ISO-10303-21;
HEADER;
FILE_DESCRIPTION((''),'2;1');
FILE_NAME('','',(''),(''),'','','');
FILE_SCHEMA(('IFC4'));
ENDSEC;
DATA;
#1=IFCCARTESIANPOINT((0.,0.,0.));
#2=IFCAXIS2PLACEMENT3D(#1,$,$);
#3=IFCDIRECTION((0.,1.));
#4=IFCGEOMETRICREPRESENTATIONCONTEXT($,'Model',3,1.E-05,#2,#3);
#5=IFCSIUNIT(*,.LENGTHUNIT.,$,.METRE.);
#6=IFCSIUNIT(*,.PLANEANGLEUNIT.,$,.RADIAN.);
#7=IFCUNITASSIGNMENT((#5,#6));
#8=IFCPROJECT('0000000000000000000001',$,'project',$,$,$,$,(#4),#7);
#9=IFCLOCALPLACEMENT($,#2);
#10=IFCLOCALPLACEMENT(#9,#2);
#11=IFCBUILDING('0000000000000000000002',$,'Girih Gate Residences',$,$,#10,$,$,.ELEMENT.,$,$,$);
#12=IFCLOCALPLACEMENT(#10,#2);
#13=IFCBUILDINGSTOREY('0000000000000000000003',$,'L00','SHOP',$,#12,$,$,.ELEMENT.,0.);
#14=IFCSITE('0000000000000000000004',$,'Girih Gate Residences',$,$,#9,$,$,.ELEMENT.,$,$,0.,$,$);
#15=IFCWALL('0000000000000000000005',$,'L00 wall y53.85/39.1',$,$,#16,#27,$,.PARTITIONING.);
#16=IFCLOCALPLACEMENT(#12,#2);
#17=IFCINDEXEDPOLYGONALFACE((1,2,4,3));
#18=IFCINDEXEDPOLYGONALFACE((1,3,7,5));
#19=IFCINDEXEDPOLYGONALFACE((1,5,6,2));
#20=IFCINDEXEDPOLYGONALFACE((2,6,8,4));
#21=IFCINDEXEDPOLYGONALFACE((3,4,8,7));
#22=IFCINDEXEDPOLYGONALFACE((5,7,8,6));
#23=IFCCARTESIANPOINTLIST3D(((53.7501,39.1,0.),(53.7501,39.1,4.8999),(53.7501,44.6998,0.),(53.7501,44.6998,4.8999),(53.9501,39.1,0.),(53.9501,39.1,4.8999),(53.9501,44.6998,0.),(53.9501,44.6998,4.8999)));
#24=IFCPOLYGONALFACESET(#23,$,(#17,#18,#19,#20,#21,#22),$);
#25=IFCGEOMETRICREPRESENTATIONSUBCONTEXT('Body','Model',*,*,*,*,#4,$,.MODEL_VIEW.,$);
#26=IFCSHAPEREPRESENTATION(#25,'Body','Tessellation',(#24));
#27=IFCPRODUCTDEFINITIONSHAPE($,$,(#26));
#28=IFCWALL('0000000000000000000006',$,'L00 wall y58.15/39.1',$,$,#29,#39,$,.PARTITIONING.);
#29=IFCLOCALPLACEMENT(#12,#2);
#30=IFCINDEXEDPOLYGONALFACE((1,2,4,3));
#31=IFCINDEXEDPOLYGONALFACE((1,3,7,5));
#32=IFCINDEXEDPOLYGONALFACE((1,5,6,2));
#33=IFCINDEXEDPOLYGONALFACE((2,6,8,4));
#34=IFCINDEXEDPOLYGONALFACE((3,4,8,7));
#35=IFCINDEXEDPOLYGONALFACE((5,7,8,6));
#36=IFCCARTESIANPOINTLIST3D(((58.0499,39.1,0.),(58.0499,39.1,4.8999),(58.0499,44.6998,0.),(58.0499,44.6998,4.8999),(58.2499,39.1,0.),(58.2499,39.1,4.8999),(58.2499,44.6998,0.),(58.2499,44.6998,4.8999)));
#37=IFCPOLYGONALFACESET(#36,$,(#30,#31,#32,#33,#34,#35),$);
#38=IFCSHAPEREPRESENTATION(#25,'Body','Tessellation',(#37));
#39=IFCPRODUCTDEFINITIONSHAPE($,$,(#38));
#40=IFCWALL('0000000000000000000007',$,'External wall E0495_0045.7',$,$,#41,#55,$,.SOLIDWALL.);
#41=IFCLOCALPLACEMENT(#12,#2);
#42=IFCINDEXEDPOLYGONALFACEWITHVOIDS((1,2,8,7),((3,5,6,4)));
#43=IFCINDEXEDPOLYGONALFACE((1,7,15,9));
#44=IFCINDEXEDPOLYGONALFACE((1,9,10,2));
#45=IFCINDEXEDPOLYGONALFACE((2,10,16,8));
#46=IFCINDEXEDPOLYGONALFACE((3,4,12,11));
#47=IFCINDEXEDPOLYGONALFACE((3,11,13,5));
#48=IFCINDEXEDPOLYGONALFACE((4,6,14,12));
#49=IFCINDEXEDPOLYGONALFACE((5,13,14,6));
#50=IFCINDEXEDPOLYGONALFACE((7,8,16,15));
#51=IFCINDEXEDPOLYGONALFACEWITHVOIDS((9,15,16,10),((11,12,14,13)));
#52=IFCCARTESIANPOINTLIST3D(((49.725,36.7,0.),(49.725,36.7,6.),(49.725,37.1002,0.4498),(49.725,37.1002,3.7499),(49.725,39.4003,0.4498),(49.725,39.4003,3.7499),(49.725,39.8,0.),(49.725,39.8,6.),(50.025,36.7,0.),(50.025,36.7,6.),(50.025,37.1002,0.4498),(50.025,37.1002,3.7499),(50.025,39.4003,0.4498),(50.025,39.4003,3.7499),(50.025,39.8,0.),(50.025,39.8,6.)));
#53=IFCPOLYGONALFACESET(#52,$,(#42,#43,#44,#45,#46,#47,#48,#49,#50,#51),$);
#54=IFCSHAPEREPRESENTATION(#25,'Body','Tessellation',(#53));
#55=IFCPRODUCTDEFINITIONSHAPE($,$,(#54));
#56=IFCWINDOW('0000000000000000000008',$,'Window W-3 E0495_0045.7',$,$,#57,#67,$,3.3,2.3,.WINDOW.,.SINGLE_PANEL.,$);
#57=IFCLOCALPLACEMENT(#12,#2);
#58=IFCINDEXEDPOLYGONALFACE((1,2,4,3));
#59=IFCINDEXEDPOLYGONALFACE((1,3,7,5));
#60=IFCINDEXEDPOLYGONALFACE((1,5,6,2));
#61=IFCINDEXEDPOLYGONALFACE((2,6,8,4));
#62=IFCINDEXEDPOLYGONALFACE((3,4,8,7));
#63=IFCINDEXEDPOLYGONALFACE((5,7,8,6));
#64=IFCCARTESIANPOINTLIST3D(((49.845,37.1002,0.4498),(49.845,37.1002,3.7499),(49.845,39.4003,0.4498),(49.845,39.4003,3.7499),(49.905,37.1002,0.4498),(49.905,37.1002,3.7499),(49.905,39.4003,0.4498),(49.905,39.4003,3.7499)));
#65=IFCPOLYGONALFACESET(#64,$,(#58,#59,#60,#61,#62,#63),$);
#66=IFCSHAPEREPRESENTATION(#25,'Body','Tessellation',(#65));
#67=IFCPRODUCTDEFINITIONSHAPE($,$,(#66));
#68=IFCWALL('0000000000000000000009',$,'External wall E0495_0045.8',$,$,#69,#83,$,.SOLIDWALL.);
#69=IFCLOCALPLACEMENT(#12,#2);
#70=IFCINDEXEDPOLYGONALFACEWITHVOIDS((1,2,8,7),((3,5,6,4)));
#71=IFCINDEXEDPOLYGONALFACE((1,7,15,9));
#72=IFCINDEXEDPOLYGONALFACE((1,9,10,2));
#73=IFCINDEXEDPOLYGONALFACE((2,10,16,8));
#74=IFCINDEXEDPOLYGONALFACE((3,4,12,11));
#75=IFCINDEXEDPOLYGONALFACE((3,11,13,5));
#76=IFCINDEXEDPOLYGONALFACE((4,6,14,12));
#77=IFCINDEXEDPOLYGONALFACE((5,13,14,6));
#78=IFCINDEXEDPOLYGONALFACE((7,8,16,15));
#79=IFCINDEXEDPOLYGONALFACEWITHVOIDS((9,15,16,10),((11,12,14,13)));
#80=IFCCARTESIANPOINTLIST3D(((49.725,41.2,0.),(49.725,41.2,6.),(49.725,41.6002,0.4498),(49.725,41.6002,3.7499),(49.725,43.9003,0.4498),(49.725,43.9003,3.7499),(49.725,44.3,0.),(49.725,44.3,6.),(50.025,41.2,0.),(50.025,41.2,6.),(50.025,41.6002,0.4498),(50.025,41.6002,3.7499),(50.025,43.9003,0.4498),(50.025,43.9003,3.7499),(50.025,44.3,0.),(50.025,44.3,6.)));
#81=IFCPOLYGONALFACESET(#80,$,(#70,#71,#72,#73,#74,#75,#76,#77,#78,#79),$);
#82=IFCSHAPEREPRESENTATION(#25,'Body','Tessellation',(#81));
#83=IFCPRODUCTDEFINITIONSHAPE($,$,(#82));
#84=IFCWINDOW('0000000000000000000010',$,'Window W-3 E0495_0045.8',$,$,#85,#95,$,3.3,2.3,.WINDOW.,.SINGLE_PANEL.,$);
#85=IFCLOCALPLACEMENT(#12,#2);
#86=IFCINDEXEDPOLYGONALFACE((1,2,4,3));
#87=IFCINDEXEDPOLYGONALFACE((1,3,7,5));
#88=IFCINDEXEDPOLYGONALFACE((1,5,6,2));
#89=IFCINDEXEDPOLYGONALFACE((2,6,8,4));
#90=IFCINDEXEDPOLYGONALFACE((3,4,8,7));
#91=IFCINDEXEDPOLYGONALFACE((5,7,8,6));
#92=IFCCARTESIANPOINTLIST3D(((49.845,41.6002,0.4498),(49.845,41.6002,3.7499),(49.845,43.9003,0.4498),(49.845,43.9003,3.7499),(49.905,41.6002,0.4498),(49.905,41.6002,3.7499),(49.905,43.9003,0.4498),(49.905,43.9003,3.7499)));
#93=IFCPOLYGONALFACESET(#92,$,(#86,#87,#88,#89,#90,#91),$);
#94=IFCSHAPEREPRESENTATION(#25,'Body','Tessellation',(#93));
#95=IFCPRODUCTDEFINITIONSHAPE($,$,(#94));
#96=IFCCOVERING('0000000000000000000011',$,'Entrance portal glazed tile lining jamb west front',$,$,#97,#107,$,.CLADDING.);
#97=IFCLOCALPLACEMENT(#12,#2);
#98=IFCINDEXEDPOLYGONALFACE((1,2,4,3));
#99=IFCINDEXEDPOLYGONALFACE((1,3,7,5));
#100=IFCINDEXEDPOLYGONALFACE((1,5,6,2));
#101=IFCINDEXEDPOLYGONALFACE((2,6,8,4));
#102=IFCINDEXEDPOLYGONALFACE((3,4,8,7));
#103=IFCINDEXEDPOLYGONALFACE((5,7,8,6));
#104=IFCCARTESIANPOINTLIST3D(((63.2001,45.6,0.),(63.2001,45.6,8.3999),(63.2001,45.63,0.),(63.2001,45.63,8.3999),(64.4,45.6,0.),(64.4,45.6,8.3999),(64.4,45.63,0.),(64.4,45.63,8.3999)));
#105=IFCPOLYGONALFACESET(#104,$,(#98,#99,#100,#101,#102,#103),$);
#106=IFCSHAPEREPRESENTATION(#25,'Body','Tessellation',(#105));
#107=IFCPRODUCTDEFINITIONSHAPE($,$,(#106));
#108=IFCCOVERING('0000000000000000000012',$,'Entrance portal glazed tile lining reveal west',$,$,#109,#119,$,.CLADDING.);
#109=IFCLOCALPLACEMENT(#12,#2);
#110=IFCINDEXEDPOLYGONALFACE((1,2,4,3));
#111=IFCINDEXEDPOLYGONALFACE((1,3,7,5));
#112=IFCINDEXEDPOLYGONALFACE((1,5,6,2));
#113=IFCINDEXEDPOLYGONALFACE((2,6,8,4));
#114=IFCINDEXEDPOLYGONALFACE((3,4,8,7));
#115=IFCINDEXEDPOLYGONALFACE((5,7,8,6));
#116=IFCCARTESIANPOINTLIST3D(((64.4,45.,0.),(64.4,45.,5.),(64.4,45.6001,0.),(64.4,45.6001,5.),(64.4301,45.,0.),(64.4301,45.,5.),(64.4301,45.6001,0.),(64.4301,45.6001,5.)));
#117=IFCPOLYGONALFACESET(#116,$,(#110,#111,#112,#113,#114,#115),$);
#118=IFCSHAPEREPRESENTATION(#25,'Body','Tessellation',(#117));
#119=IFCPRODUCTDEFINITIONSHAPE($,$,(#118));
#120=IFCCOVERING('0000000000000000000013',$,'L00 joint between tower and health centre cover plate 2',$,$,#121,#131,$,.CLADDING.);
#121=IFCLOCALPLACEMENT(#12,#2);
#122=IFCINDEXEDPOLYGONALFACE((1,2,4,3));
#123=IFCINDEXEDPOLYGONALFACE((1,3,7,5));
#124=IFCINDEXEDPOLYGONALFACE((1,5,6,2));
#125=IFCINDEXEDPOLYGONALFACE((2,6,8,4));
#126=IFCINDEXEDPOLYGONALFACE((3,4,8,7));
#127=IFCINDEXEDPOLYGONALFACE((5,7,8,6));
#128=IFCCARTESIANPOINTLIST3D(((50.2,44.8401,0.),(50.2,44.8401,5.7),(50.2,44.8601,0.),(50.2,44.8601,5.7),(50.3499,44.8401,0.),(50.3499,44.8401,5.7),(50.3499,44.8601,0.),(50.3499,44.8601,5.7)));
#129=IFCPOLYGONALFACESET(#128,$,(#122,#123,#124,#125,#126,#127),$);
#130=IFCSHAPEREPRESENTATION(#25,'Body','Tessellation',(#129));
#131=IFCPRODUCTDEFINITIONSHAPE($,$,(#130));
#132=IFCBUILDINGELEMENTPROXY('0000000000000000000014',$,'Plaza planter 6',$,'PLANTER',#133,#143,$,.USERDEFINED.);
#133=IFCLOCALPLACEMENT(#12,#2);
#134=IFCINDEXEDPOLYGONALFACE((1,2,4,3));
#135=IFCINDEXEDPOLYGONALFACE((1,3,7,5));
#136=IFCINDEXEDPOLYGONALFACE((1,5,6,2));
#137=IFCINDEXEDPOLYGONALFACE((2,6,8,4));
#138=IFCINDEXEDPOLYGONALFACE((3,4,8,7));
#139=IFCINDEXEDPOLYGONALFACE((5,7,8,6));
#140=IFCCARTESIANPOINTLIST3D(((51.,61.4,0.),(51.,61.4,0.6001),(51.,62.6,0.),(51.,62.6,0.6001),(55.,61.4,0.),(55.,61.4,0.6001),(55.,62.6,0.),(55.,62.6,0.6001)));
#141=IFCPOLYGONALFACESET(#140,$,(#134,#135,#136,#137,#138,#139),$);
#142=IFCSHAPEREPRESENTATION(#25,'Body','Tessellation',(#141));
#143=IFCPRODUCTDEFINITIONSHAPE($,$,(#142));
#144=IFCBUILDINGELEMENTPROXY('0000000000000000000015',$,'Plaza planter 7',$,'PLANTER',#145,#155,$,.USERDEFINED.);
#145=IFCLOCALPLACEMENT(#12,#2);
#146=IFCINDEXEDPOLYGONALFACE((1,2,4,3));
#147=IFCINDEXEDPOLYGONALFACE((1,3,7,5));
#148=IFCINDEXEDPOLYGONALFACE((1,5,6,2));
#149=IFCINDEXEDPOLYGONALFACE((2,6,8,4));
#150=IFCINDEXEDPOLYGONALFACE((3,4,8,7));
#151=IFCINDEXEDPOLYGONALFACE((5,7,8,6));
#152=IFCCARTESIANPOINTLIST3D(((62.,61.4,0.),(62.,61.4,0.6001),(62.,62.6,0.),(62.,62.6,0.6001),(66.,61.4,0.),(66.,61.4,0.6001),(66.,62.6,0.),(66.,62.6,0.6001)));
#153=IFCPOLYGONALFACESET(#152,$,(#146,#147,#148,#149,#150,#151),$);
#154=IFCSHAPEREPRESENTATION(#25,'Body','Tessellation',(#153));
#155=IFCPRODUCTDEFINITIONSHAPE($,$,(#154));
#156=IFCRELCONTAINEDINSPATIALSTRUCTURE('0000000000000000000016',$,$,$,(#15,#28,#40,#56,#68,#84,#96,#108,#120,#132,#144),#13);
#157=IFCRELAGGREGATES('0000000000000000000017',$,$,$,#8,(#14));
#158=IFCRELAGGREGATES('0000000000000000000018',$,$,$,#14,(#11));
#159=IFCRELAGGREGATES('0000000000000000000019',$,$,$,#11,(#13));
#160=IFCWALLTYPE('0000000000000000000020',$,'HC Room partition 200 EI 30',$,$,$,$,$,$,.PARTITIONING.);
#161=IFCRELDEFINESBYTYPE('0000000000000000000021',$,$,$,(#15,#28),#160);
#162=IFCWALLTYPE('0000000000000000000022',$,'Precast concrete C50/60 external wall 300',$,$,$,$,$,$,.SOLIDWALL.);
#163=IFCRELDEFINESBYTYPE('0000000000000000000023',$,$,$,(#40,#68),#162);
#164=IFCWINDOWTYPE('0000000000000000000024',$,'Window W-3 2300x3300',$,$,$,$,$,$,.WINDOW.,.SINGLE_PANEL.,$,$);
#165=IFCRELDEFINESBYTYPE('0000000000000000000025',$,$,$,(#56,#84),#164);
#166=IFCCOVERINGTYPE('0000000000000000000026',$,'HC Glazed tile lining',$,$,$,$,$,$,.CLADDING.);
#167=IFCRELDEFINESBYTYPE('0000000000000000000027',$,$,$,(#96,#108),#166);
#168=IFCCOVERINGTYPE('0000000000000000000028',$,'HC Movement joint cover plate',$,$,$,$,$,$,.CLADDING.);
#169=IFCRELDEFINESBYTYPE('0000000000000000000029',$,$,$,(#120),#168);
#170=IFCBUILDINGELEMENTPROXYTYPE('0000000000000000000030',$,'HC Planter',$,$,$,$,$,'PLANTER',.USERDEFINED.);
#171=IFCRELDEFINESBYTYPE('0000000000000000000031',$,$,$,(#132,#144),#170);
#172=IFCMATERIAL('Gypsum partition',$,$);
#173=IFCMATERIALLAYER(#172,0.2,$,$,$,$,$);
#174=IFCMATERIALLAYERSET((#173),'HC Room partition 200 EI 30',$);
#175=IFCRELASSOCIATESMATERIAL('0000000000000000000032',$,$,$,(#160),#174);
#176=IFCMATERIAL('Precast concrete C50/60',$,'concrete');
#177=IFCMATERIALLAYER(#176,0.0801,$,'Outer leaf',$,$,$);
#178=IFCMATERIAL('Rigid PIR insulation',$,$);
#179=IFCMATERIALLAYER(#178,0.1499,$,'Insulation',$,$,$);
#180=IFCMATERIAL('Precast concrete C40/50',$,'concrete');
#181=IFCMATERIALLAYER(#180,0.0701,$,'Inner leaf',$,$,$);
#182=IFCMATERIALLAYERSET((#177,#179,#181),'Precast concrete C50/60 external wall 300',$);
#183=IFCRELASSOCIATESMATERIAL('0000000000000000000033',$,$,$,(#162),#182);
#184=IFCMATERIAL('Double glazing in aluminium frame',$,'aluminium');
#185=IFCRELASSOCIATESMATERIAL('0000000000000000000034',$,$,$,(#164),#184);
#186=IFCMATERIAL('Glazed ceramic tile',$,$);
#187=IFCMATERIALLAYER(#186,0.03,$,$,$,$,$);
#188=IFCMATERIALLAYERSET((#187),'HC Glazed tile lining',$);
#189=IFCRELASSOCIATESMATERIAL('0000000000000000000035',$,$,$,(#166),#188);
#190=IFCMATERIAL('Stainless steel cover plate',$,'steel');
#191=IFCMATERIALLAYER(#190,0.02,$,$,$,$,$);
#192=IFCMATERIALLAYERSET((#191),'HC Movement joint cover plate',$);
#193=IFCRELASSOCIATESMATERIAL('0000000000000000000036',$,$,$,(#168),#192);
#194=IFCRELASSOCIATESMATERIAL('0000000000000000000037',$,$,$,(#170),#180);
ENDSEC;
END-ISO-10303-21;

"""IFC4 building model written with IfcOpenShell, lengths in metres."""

from ifc_helpers import new_model, si_unit, direction, frame, frame_2d, origin, origin_2d, place, context, subcontext, project, spatial, rectangle, extrude, material, layer, layer_set, type_object, element, fill, save


model = new_model("IFC4")

# Units and contexts
model_context = context("Model", 3, precision=1e-05, world=origin(), true_north=direction((0.0, 1.0)))
body_context = subcontext(model_context, "Body", "Model", "MODEL_VIEW")
ifc_project = project(units=[si_unit("LENGTHUNIT", "METRE"), si_unit("PLANEANGLEUNIT", "RADIAN")], contexts=[model_context])

# Site, building, storey
site_placement = place(None, origin())
site = spatial("IfcSite", under=ifc_project, at=site_placement, Name="Girih Gate Residences", CompositionType="ELEMENT", RefElevation=0.0)
building_placement = place(site_placement, origin())
building = spatial("IfcBuilding", under=site, at=building_placement, Name="Girih Gate Residences", CompositionType="ELEMENT")
storey_placement = place(building_placement, origin())
storey = spatial("IfcBuildingStorey", under=building, at=storey_placement, Name="L00", Description="SHOP", CompositionType="ELEMENT", Elevation=0.0)

# Shared definitions
ifc_material_1 = material(Name="Precast concrete C40/50", Category="concrete")

# Walls
ifc_material_2 = material(Name="Precast concrete C50/60", Category="concrete")
ifc_material_3 = material(Name="Gypsum partition")
ifc_layer_1 = layer(ifc_material_3, 0.2)
ifc_layer_set_1 = layer_set([ifc_layer_1], Name="HC Room partition 200 EI 30")
wall_type_1 = type_object("IfcWallType", Name="HC Room partition 200 EI 30", PredefinedType="PARTITIONING", material=ifc_layer_set_1)
for number, where, z_axis, x_axis, name in (
    (1, (53.8501, 39.1001, 0.0), (0.0, 0.0, 1.0), (0.0, 1.0, 0.0), "L00 wall y53.85/39.1"),
    (2, (58.1499, 39.1001, 0.0), (0.0, 0.0, 1.0), (0.0, 1.0, 0.0), "L00 wall y58.15/39.1"),
):
    element("IfcWall", number, at=place(storey_placement, frame(where, z_axis=z_axis, x_axis=x_axis)), inside=storey, type_object=wall_type_1, Name=name, PredefinedType="PARTITIONING", context=body_context, shape_type="SweptSolid", body=[
        extrude(rectangle(XDim=5.5999, YDim=0.2, at=frame_2d((2.7998, 0.0))), origin(), (0.0, 0.0, 1.0), 4.8999),
    ])

# Walls, openings, windows
ifc_layer_2 = layer(ifc_material_2, 0.0801, Name="Outer leaf")
ifc_material_4 = material(Name="Rigid PIR insulation")
ifc_layer_3 = layer(ifc_material_4, 0.1499, Name="Insulation")
ifc_layer_4 = layer(ifc_material_1, 0.0701, Name="Inner leaf")
ifc_layer_set_2 = layer_set([ifc_layer_2, ifc_layer_3, ifc_layer_4], Name="Precast concrete C50/60 external wall 300")
wall_type_2 = type_object("IfcWallType", Name="Precast concrete C50/60 external wall 300", PredefinedType="SOLIDWALL", material=ifc_layer_set_2)
wall_1_placement = place(storey_placement, frame((49.875, 39.8, 0.0), z_axis=(0.0, 0.0, 1.0), x_axis=(0.0, -1.0, 0.0)))
wall_1 = element("IfcWall", 3, at=wall_1_placement, inside=storey, type_object=wall_type_2, Name="External wall E0495_0045.7", PredefinedType="SOLIDWALL", context=body_context, shape_type="SweptSolid", body=[
    extrude(rectangle(XDim=3.1001, YDim=0.3, at=frame_2d((1.55, 0.0))), origin(), (0.0, 0.0, 1.0), 6.0),
])
opening_1_placement = place(wall_1_placement, frame((0.3999, 0.0, 0.45)))
opening_1 = element("IfcOpeningElement", 4, at=opening_1_placement, cuts=wall_1, PredefinedType="OPENING", context=body_context, shape_type="SweptSolid", body=[
    extrude(rectangle(XDim=2.3, YDim=3.3, at=frame_2d((1.1499, 1.6499))), frame((0.0, 0.1599, 0.0), z_axis=(0.0, -1.0, 0.0), x_axis=(1.0, 0.0, 0.0)), (0.0, 0.0, 1.0), 0.3201),
])
ifc_material_5 = material(Name="Double glazing in aluminium frame", Category="aluminium")
window_type = type_object("IfcWindowType", Name="Window W-3 2300x3300", PartitioningType="SINGLE_PANEL", PredefinedType="WINDOW", material=ifc_material_5)
window_1_placement = place(opening_1_placement, origin())
window_1 = element("IfcWindow", 5, at=window_1_placement, inside=storey, type_object=window_type, Name="Window W-3 E0495_0045.7", OverallHeight=3.3, OverallWidth=2.3, PartitioningType="SINGLE_PANEL", PredefinedType="WINDOW", context=body_context, shape_type="SweptSolid", body=[
    extrude(rectangle(XDim=2.3, YDim=3.3, at=frame_2d((1.1499, 1.6499))), frame((0.0, 0.03, 0.0), z_axis=(0.0, -1.0, 0.0), x_axis=(1.0, 0.0, 0.0)), (0.0, 0.0, 1.0), 0.0601),
])
fill(opening_1, window_1)
wall_2_placement = place(storey_placement, frame((49.875, 44.3, 0.0), z_axis=(0.0, 0.0, 1.0), x_axis=(0.0, -1.0, 0.0)))
wall_2 = element("IfcWall", 6, at=wall_2_placement, inside=storey, type_object=wall_type_2, Name="External wall E0495_0045.8", PredefinedType="SOLIDWALL", context=body_context, shape_type="SweptSolid", body=[
    extrude(rectangle(XDim=3.1001, YDim=0.3, at=frame_2d((1.55, 0.0))), origin(), (0.0, 0.0, 1.0), 6.0),
])
opening_2_placement = place(wall_2_placement, frame((0.3999, 0.0, 0.45)))
opening_2 = element("IfcOpeningElement", 7, at=opening_2_placement, cuts=wall_2, PredefinedType="OPENING", context=body_context, shape_type="SweptSolid", body=[
    extrude(rectangle(XDim=2.3, YDim=3.3, at=frame_2d((1.1499, 1.6499))), frame((0.0, 0.1599, 0.0), z_axis=(0.0, -1.0, 0.0), x_axis=(1.0, 0.0, 0.0)), (0.0, 0.0, 1.0), 0.3201),
])
window_2_placement = place(opening_2_placement, origin())
window_2 = element("IfcWindow", 8, at=window_2_placement, inside=storey, type_object=window_type, Name="Window W-3 E0495_0045.8", OverallHeight=3.3, OverallWidth=2.3, PartitioningType="SINGLE_PANEL", PredefinedType="WINDOW", context=body_context, shape_type="SweptSolid", body=[
    extrude(rectangle(XDim=2.3, YDim=3.3, at=frame_2d((1.1499, 1.6499))), frame((0.0, 0.03, 0.0), z_axis=(0.0, -1.0, 0.0), x_axis=(1.0, 0.0, 0.0)), (0.0, 0.0, 1.0), 0.0601),
])
fill(opening_2, window_2)

# Coverings
ifc_material_6 = material(Name="Glazed ceramic tile")
ifc_layer_5 = layer(ifc_material_6, 0.03)
ifc_layer_set_3 = layer_set([ifc_layer_5], Name="HC Glazed tile lining")
covering_type_1 = type_object("IfcCoveringType", Name="HC Glazed tile lining", PredefinedType="CLADDING", material=ifc_layer_set_3)
covering_1_placement = place(storey_placement, frame((63.8, 45.615, 0.0), z_axis=(0.0, 0.0, 1.0), x_axis=(1.0, 0.0, 0.0)))
element("IfcCovering", 9, at=covering_1_placement, inside=storey, type_object=covering_type_1, Name="Entrance portal glazed tile lining jamb west front", PredefinedType="CLADDING", context=body_context, shape_type="SweptSolid", body=[
    extrude(rectangle(XDim=1.2, YDim=0.03, at=origin_2d()), origin(), (0.0, 0.0, 1.0), 8.3999),
])
covering_2_placement = place(storey_placement, frame((64.415, 45.3, 0.0), z_axis=(0.0, 0.0, 1.0), x_axis=(1.0, 0.0, 0.0)))
element("IfcCovering", 10, at=covering_2_placement, inside=storey, type_object=covering_type_1, Name="Entrance portal glazed tile lining reveal west", PredefinedType="CLADDING", context=body_context, shape_type="SweptSolid", body=[
    extrude(rectangle(XDim=0.03, YDim=0.6001, at=origin_2d()), origin(), (0.0, 0.0, 1.0), 5.0),
])
ifc_material_7 = material(Name="Stainless steel cover plate", Category="steel")
ifc_layer_6 = layer(ifc_material_7, 0.02)
ifc_layer_set_4 = layer_set([ifc_layer_6], Name="HC Movement joint cover plate")
covering_type_2 = type_object("IfcCoveringType", Name="HC Movement joint cover plate", PredefinedType="CLADDING", material=ifc_layer_set_4)
covering_3_placement = place(storey_placement, frame((50.2749, 44.8501, 0.0), z_axis=(0.0, 0.0, 1.0), x_axis=(1.0, 0.0, 0.0)))
element("IfcCovering", 11, at=covering_3_placement, inside=storey, type_object=covering_type_2, Name="L00 joint between tower and health centre cover plate 2", PredefinedType="CLADDING", context=body_context, shape_type="SweptSolid", body=[
    extrude(rectangle(XDim=0.1499, YDim=0.02, at=origin_2d()), origin(), (0.0, 0.0, 1.0), 5.7),
])

# Building element proxies
building_element_proxy_type = type_object("IfcBuildingElementProxyType", Name="HC Planter", ElementType="PLANTER", PredefinedType="USERDEFINED", material=ifc_material_1)
for number, where, z_axis, x_axis, name in (
    (12, (53.0, 62.0, 0.0), (0.0, 0.0, 1.0), (1.0, 0.0, 0.0), "Plaza planter 6"),
    (13, (64.0, 62.0, 0.0), (0.0, 0.0, 1.0), (1.0, 0.0, 0.0), "Plaza planter 7"),
):
    element("IfcBuildingElementProxy", number, at=place(storey_placement, frame(where, z_axis=z_axis, x_axis=x_axis)), inside=storey, type_object=building_element_proxy_type, Name=name, ObjectType="PLANTER", PredefinedType="USERDEFINED", context=body_context, shape_type="SweptSolid", body=[
        extrude(rectangle(XDim=4.0, YDim=1.2, at=origin_2d()), origin(), (0.0, 0.0, 1.0), 0.6001),
    ])

save(model, "model.ifc")
